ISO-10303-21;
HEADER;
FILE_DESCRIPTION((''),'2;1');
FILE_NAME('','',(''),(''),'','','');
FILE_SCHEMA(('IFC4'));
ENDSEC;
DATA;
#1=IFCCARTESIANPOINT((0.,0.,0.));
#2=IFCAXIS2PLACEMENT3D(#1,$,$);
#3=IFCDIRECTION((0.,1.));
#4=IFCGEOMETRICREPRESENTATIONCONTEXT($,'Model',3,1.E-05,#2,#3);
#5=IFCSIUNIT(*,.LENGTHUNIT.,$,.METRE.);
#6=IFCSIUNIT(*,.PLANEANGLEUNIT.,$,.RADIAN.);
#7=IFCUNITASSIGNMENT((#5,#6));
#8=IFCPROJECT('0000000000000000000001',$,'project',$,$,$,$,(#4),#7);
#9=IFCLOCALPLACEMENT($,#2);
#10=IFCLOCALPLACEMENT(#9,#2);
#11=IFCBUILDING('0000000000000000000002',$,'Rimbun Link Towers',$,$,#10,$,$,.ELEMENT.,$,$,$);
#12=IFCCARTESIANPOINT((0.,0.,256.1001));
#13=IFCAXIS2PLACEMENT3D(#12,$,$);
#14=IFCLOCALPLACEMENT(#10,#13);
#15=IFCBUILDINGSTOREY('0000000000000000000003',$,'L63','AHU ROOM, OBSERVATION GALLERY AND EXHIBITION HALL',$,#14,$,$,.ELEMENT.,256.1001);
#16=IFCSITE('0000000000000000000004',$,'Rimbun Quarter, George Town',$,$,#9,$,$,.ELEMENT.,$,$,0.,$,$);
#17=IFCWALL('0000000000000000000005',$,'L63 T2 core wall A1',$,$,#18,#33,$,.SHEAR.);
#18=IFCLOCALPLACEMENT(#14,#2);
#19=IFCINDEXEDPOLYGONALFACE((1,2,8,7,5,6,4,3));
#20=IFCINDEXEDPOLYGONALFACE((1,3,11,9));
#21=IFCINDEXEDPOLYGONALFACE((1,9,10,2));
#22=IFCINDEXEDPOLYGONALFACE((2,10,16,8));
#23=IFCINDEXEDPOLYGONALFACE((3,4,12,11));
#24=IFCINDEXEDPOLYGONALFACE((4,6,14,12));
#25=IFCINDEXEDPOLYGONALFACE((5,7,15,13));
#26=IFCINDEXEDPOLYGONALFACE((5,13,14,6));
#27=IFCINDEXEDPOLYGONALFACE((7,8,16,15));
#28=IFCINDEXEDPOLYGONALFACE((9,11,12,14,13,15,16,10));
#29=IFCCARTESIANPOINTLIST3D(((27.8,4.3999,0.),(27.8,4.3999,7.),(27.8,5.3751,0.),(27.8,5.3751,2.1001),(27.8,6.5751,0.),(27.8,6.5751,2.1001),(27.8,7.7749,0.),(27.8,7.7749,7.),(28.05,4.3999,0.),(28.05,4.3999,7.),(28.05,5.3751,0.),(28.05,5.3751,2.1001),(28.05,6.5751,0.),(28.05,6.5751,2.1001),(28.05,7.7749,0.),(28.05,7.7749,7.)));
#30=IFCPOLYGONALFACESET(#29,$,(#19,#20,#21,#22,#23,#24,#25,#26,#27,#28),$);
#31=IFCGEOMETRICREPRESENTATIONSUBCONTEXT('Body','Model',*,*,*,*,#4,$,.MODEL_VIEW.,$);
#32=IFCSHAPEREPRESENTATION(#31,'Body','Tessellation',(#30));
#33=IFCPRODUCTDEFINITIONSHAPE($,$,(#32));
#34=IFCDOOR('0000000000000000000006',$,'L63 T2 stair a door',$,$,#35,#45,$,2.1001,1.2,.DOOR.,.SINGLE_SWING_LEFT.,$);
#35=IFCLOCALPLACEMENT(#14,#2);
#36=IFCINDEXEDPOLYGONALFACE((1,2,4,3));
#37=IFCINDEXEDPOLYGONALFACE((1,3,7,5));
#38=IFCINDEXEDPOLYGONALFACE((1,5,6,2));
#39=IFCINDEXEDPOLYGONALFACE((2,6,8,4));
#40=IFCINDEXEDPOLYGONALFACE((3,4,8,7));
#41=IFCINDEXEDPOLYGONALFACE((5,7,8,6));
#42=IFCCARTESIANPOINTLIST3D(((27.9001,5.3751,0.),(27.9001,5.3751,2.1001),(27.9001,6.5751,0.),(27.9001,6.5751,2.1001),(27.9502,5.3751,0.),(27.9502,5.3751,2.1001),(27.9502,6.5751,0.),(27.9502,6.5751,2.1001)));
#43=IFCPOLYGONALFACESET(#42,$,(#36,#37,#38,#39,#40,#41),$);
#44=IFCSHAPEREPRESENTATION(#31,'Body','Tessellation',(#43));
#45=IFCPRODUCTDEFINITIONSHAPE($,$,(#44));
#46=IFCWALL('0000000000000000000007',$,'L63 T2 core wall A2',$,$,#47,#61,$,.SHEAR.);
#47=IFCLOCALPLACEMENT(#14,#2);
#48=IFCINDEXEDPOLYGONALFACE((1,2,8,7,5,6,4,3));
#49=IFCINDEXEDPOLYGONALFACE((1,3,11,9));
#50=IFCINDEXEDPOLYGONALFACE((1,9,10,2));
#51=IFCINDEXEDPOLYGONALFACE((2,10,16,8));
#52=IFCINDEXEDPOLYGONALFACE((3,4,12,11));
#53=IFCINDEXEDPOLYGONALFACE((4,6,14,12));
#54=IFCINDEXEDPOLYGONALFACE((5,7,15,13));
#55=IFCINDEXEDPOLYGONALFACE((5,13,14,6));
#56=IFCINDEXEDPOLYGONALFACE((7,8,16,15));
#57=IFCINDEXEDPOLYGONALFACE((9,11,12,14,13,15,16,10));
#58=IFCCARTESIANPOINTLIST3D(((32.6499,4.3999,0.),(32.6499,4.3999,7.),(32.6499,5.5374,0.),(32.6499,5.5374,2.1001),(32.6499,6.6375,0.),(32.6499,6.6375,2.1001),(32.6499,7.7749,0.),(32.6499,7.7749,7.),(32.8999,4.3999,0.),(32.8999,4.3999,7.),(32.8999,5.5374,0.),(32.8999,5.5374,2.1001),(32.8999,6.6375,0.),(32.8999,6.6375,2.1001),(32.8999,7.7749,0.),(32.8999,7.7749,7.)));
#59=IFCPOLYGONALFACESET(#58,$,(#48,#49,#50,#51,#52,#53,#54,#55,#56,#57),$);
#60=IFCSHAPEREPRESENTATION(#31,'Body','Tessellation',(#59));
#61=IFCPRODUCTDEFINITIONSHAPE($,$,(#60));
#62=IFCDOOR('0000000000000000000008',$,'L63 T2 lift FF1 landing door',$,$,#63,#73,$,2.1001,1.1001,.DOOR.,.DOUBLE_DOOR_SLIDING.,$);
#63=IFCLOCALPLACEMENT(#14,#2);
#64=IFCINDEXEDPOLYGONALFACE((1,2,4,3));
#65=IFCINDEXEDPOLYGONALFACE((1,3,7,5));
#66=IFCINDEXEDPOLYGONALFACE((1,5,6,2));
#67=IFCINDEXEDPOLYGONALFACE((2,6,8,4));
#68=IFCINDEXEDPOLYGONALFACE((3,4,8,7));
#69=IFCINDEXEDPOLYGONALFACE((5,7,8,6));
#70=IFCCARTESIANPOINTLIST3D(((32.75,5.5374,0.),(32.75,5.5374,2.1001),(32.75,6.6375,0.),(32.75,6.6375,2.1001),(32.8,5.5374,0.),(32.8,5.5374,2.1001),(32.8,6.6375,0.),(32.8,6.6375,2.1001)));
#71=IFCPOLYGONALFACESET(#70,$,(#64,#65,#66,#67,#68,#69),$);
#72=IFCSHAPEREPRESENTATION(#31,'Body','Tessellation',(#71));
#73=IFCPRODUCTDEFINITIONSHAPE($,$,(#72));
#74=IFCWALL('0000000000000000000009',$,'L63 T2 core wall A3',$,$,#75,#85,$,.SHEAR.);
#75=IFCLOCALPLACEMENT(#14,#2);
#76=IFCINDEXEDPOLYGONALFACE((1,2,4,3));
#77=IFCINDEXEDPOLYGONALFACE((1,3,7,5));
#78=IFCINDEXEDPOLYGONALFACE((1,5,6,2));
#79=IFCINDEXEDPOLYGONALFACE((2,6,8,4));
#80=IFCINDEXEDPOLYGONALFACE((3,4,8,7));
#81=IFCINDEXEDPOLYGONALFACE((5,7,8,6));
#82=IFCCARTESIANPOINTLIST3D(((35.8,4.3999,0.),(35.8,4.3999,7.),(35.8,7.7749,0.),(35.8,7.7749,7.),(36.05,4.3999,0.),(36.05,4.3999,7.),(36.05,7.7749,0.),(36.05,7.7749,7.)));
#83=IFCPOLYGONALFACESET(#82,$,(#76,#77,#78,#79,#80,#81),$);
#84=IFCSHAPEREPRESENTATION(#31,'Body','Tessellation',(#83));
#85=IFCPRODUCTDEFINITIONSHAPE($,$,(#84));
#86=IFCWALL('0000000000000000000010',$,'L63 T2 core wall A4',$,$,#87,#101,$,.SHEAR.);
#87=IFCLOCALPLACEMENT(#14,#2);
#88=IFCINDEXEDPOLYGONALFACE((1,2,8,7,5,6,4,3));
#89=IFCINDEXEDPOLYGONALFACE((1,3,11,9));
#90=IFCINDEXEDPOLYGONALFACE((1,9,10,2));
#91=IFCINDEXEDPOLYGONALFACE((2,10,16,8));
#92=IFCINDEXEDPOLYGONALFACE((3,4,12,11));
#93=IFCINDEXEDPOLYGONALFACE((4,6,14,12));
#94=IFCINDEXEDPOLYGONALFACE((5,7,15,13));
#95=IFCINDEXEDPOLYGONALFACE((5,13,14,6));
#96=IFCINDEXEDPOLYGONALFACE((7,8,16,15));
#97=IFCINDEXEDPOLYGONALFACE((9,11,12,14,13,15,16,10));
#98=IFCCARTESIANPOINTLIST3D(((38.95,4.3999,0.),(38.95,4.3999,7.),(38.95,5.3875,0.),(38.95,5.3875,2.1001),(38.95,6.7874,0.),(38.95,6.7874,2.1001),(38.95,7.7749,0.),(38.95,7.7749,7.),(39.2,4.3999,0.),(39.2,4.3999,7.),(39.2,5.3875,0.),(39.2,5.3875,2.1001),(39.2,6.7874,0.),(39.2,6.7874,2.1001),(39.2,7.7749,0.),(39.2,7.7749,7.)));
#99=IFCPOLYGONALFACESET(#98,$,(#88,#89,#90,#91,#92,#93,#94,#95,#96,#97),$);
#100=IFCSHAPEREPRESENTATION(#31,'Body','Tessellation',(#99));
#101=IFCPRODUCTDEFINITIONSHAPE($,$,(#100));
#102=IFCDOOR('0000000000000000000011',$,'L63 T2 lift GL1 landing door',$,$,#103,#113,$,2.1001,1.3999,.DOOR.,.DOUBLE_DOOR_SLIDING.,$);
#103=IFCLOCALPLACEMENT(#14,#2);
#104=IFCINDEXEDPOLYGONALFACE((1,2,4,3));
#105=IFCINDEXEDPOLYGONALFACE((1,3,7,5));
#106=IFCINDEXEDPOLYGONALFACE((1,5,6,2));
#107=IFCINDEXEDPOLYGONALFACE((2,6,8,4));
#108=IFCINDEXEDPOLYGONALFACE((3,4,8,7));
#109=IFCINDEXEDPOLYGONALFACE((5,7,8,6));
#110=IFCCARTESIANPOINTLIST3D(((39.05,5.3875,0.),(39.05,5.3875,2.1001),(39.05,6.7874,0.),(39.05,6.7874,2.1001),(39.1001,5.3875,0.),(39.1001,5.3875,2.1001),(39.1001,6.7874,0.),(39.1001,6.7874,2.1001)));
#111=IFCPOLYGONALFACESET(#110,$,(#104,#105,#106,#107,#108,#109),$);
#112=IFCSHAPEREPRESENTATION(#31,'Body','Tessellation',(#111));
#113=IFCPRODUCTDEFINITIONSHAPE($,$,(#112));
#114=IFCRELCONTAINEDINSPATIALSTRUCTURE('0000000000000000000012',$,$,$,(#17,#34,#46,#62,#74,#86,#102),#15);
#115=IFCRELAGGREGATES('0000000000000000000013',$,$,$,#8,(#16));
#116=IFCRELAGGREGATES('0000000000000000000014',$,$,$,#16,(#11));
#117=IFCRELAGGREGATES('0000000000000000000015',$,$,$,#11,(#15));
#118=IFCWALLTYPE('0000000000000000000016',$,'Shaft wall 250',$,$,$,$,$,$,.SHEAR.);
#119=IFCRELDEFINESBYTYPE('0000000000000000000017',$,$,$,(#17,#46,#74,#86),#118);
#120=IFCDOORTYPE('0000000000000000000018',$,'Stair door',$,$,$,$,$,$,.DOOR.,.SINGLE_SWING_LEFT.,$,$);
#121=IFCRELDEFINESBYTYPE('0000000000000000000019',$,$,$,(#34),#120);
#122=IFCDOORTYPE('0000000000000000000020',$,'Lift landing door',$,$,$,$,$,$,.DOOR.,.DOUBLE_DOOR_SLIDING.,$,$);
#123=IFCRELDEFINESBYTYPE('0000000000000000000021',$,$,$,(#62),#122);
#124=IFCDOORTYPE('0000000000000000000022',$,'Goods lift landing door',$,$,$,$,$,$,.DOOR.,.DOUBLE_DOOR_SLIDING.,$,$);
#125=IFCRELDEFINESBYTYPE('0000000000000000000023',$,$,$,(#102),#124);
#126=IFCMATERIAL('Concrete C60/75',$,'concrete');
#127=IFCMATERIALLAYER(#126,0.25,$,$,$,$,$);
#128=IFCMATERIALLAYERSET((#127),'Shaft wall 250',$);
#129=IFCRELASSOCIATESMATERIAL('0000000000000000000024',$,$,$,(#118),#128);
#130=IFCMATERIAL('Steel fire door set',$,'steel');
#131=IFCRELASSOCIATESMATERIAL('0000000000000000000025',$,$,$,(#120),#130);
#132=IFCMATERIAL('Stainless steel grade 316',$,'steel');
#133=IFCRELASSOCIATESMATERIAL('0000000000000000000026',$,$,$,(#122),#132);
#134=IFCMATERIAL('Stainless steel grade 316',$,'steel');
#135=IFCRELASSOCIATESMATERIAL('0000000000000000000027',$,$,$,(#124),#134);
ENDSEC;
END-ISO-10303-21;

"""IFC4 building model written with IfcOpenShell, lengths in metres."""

from ifc_helpers import new_model, si_unit, direction, frame, frame_2d, origin, place, context, subcontext, project, spatial, rectangle, extrude, material, layer, layer_set, type_object, element, fill, save


model = new_model("IFC4")

# Units and contexts
model_context = context("Model", 3, precision=1e-05, world=origin(), true_north=direction((0.0, 1.0)))
body_context = subcontext(model_context, "Body", "Model", "MODEL_VIEW")
ifc_project = project(units=[si_unit("LENGTHUNIT", "METRE"), si_unit("PLANEANGLEUNIT", "RADIAN")], contexts=[model_context])

# Site, building, storey
site_placement = place(None, origin())
site = spatial("IfcSite", under=ifc_project, at=site_placement, Name="Rimbun Quarter, George Town", CompositionType="ELEMENT", RefElevation=0.0)
building_placement = place(site_placement, origin())
building = spatial("IfcBuilding", under=site, at=building_placement, Name="Rimbun Link Towers", CompositionType="ELEMENT")
storey_placement = place(building_placement, frame((0.0, 0.0, 256.1001)))
storey = spatial("IfcBuildingStorey", under=building, at=storey_placement, Name="L63", Description="AHU ROOM, OBSERVATION GALLERY AND EXHIBITION HALL", CompositionType="ELEMENT", Elevation=256.1001)

# Shared definitions
ifc_material_1 = material(Name="Concrete C60/75", Category="concrete")
ifc_layer = layer(ifc_material_1, 0.25)
ifc_layer_set = layer_set([ifc_layer], Name="Shaft wall 250")
wall_type = type_object("IfcWallType", Name="Shaft wall 250", PredefinedType="SHEAR", material=ifc_layer_set)

# Walls, openings, doors
wall_1_placement = place(storey_placement, frame((27.925, 4.3999, 0.0), z_axis=(0.0, 0.0, 1.0), x_axis=(0.0, 1.0, 0.0)))
wall_1 = element("IfcWall", 1, at=wall_1_placement, inside=storey, type_object=wall_type, Name="L63 T2 core wall A1", PredefinedType="SHEAR", context=body_context, shape_type="SweptSolid", body=[
    extrude(rectangle(XDim=3.375, YDim=0.25, at=frame_2d((1.6875, 0.0))), origin(), (0.0, 0.0, 1.0), 7.0),
])
opening_1_placement = place(wall_1_placement, frame((0.9751, 0.0, 0.0)))
opening_1 = element("IfcOpeningElement", 2, at=opening_1_placement, cuts=wall_1, PredefinedType="OPENING", context=body_context, shape_type="SweptSolid", body=[
    extrude(rectangle(XDim=1.2, YDim=2.1001, at=frame_2d((0.6001, 1.05))), frame((0.0, 0.135, 0.0), z_axis=(0.0, -1.0, 0.0), x_axis=(1.0, 0.0, 0.0)), (0.0, 0.0, 1.0), 0.27),
])
ifc_material_2 = material(Name="Steel fire door set", Category="steel")
door_type_1 = type_object("IfcDoorType", Name="Stair door", OperationType="SINGLE_SWING_LEFT", PredefinedType="DOOR", material=ifc_material_2)
door_1_placement = place(opening_1_placement, origin())
door_1 = element("IfcDoor", 3, at=door_1_placement, inside=storey, type_object=door_type_1, Name="L63 T2 stair a door", OperationType="SINGLE_SWING_LEFT", OverallHeight=2.1001, OverallWidth=1.2, PredefinedType="DOOR", context=body_context, shape_type="SweptSolid", body=[
    extrude(rectangle(XDim=1.2, YDim=2.1001, at=frame_2d((0.6001, 1.05))), frame((0.0, 0.0249, 0.0), z_axis=(0.0, -1.0, 0.0), x_axis=(1.0, 0.0, 0.0)), (0.0, 0.0, 1.0), 0.05),
])
fill(opening_1, door_1)
wall_2_placement = place(storey_placement, frame((32.7749, 4.3999, 0.0), z_axis=(0.0, 0.0, 1.0), x_axis=(0.0, 1.0, 0.0)))
wall_2 = element("IfcWall", 4, at=wall_2_placement, inside=storey, type_object=wall_type, Name="L63 T2 core wall A2", PredefinedType="SHEAR", context=body_context, shape_type="SweptSolid", body=[
    extrude(rectangle(XDim=3.375, YDim=0.25, at=frame_2d((1.6875, 0.0))), origin(), (0.0, 0.0, 1.0), 7.0),
])
opening_2_placement = place(wall_2_placement, frame((1.1375, 0.0, 0.0)))
opening_2 = element("IfcOpeningElement", 5, at=opening_2_placement, cuts=wall_2, PredefinedType="OPENING", context=body_context, shape_type="SweptSolid", body=[
    extrude(rectangle(XDim=1.1001, YDim=2.1001, at=frame_2d((0.55, 1.05))), frame((0.0, 0.135, 0.0), z_axis=(0.0, -1.0, 0.0), x_axis=(1.0, 0.0, 0.0)), (0.0, 0.0, 1.0), 0.27),
])
ifc_material_3 = material(Name="Stainless steel grade 316", Category="steel")
door_type_2 = type_object("IfcDoorType", Name="Lift landing door", OperationType="DOUBLE_DOOR_SLIDING", PredefinedType="DOOR", material=ifc_material_3)
door_2_placement = place(opening_2_placement, origin())
door_2 = element("IfcDoor", 6, at=door_2_placement, inside=storey, type_object=door_type_2, Name="L63 T2 lift FF1 landing door", OperationType="DOUBLE_DOOR_SLIDING", OverallHeight=2.1001, OverallWidth=1.1001, PredefinedType="DOOR", context=body_context, shape_type="SweptSolid", body=[
    extrude(rectangle(XDim=1.1001, YDim=2.1001, at=frame_2d((0.55, 1.05))), frame((0.0, 0.0249, 0.0), z_axis=(0.0, -1.0, 0.0), x_axis=(1.0, 0.0, 0.0)), (0.0, 0.0, 1.0), 0.05),
])
fill(opening_2, door_2)

# Wall
wall_3_placement = place(storey_placement, frame((35.925, 4.3999, 0.0), z_axis=(0.0, 0.0, 1.0), x_axis=(0.0, 1.0, 0.0)))
element("IfcWall", 7, at=wall_3_placement, inside=storey, type_object=wall_type, Name="L63 T2 core wall A3", PredefinedType="SHEAR", context=body_context, shape_type="SweptSolid", body=[
    extrude(rectangle(XDim=3.375, YDim=0.25, at=frame_2d((1.6875, 0.0))), origin(), (0.0, 0.0, 1.0), 7.0),
])

# Wall, opening, door
wall_4_placement = place(storey_placement, frame((39.075, 4.3999, 0.0), z_axis=(0.0, 0.0, 1.0), x_axis=(0.0, 1.0, 0.0)))
wall_4 = element("IfcWall", 8, at=wall_4_placement, inside=storey, type_object=wall_type, Name="L63 T2 core wall A4", PredefinedType="SHEAR", context=body_context, shape_type="SweptSolid", body=[
    extrude(rectangle(XDim=3.375, YDim=0.25, at=frame_2d((1.6875, 0.0))), origin(), (0.0, 0.0, 1.0), 7.0),
])
opening_3_placement = place(wall_4_placement, frame((0.9875, 0.0, 0.0)))
opening_3 = element("IfcOpeningElement", 9, at=opening_3_placement, cuts=wall_4, PredefinedType="OPENING", context=body_context, shape_type="SweptSolid", body=[
    extrude(rectangle(XDim=1.3999, YDim=2.1001, at=frame_2d((0.7, 1.05))), frame((0.0, 0.135, 0.0), z_axis=(0.0, -1.0, 0.0), x_axis=(1.0, 0.0, 0.0)), (0.0, 0.0, 1.0), 0.27),
])
ifc_material_4 = material(Name="Stainless steel grade 316", Category="steel")
door_type_3 = type_object("IfcDoorType", Name="Goods lift landing door", OperationType="DOUBLE_DOOR_SLIDING", PredefinedType="DOOR", material=ifc_material_4)
door_3_placement = place(opening_3_placement, origin())
door_3 = element("IfcDoor", 10, at=door_3_placement, inside=storey, type_object=door_type_3, Name="L63 T2 lift GL1 landing door", OperationType="DOUBLE_DOOR_SLIDING", OverallHeight=2.1001, OverallWidth=1.3999, PredefinedType="DOOR", context=body_context, shape_type="SweptSolid", body=[
    extrude(rectangle(XDim=1.3999, YDim=2.1001, at=frame_2d((0.7, 1.05))), frame((0.0, 0.0249, 0.0), z_axis=(0.0, -1.0, 0.0), x_axis=(1.0, 0.0, 0.0)), (0.0, 0.0, 1.0), 0.05),
])
fill(opening_3, door_3)

save(model, "model.ifc")
